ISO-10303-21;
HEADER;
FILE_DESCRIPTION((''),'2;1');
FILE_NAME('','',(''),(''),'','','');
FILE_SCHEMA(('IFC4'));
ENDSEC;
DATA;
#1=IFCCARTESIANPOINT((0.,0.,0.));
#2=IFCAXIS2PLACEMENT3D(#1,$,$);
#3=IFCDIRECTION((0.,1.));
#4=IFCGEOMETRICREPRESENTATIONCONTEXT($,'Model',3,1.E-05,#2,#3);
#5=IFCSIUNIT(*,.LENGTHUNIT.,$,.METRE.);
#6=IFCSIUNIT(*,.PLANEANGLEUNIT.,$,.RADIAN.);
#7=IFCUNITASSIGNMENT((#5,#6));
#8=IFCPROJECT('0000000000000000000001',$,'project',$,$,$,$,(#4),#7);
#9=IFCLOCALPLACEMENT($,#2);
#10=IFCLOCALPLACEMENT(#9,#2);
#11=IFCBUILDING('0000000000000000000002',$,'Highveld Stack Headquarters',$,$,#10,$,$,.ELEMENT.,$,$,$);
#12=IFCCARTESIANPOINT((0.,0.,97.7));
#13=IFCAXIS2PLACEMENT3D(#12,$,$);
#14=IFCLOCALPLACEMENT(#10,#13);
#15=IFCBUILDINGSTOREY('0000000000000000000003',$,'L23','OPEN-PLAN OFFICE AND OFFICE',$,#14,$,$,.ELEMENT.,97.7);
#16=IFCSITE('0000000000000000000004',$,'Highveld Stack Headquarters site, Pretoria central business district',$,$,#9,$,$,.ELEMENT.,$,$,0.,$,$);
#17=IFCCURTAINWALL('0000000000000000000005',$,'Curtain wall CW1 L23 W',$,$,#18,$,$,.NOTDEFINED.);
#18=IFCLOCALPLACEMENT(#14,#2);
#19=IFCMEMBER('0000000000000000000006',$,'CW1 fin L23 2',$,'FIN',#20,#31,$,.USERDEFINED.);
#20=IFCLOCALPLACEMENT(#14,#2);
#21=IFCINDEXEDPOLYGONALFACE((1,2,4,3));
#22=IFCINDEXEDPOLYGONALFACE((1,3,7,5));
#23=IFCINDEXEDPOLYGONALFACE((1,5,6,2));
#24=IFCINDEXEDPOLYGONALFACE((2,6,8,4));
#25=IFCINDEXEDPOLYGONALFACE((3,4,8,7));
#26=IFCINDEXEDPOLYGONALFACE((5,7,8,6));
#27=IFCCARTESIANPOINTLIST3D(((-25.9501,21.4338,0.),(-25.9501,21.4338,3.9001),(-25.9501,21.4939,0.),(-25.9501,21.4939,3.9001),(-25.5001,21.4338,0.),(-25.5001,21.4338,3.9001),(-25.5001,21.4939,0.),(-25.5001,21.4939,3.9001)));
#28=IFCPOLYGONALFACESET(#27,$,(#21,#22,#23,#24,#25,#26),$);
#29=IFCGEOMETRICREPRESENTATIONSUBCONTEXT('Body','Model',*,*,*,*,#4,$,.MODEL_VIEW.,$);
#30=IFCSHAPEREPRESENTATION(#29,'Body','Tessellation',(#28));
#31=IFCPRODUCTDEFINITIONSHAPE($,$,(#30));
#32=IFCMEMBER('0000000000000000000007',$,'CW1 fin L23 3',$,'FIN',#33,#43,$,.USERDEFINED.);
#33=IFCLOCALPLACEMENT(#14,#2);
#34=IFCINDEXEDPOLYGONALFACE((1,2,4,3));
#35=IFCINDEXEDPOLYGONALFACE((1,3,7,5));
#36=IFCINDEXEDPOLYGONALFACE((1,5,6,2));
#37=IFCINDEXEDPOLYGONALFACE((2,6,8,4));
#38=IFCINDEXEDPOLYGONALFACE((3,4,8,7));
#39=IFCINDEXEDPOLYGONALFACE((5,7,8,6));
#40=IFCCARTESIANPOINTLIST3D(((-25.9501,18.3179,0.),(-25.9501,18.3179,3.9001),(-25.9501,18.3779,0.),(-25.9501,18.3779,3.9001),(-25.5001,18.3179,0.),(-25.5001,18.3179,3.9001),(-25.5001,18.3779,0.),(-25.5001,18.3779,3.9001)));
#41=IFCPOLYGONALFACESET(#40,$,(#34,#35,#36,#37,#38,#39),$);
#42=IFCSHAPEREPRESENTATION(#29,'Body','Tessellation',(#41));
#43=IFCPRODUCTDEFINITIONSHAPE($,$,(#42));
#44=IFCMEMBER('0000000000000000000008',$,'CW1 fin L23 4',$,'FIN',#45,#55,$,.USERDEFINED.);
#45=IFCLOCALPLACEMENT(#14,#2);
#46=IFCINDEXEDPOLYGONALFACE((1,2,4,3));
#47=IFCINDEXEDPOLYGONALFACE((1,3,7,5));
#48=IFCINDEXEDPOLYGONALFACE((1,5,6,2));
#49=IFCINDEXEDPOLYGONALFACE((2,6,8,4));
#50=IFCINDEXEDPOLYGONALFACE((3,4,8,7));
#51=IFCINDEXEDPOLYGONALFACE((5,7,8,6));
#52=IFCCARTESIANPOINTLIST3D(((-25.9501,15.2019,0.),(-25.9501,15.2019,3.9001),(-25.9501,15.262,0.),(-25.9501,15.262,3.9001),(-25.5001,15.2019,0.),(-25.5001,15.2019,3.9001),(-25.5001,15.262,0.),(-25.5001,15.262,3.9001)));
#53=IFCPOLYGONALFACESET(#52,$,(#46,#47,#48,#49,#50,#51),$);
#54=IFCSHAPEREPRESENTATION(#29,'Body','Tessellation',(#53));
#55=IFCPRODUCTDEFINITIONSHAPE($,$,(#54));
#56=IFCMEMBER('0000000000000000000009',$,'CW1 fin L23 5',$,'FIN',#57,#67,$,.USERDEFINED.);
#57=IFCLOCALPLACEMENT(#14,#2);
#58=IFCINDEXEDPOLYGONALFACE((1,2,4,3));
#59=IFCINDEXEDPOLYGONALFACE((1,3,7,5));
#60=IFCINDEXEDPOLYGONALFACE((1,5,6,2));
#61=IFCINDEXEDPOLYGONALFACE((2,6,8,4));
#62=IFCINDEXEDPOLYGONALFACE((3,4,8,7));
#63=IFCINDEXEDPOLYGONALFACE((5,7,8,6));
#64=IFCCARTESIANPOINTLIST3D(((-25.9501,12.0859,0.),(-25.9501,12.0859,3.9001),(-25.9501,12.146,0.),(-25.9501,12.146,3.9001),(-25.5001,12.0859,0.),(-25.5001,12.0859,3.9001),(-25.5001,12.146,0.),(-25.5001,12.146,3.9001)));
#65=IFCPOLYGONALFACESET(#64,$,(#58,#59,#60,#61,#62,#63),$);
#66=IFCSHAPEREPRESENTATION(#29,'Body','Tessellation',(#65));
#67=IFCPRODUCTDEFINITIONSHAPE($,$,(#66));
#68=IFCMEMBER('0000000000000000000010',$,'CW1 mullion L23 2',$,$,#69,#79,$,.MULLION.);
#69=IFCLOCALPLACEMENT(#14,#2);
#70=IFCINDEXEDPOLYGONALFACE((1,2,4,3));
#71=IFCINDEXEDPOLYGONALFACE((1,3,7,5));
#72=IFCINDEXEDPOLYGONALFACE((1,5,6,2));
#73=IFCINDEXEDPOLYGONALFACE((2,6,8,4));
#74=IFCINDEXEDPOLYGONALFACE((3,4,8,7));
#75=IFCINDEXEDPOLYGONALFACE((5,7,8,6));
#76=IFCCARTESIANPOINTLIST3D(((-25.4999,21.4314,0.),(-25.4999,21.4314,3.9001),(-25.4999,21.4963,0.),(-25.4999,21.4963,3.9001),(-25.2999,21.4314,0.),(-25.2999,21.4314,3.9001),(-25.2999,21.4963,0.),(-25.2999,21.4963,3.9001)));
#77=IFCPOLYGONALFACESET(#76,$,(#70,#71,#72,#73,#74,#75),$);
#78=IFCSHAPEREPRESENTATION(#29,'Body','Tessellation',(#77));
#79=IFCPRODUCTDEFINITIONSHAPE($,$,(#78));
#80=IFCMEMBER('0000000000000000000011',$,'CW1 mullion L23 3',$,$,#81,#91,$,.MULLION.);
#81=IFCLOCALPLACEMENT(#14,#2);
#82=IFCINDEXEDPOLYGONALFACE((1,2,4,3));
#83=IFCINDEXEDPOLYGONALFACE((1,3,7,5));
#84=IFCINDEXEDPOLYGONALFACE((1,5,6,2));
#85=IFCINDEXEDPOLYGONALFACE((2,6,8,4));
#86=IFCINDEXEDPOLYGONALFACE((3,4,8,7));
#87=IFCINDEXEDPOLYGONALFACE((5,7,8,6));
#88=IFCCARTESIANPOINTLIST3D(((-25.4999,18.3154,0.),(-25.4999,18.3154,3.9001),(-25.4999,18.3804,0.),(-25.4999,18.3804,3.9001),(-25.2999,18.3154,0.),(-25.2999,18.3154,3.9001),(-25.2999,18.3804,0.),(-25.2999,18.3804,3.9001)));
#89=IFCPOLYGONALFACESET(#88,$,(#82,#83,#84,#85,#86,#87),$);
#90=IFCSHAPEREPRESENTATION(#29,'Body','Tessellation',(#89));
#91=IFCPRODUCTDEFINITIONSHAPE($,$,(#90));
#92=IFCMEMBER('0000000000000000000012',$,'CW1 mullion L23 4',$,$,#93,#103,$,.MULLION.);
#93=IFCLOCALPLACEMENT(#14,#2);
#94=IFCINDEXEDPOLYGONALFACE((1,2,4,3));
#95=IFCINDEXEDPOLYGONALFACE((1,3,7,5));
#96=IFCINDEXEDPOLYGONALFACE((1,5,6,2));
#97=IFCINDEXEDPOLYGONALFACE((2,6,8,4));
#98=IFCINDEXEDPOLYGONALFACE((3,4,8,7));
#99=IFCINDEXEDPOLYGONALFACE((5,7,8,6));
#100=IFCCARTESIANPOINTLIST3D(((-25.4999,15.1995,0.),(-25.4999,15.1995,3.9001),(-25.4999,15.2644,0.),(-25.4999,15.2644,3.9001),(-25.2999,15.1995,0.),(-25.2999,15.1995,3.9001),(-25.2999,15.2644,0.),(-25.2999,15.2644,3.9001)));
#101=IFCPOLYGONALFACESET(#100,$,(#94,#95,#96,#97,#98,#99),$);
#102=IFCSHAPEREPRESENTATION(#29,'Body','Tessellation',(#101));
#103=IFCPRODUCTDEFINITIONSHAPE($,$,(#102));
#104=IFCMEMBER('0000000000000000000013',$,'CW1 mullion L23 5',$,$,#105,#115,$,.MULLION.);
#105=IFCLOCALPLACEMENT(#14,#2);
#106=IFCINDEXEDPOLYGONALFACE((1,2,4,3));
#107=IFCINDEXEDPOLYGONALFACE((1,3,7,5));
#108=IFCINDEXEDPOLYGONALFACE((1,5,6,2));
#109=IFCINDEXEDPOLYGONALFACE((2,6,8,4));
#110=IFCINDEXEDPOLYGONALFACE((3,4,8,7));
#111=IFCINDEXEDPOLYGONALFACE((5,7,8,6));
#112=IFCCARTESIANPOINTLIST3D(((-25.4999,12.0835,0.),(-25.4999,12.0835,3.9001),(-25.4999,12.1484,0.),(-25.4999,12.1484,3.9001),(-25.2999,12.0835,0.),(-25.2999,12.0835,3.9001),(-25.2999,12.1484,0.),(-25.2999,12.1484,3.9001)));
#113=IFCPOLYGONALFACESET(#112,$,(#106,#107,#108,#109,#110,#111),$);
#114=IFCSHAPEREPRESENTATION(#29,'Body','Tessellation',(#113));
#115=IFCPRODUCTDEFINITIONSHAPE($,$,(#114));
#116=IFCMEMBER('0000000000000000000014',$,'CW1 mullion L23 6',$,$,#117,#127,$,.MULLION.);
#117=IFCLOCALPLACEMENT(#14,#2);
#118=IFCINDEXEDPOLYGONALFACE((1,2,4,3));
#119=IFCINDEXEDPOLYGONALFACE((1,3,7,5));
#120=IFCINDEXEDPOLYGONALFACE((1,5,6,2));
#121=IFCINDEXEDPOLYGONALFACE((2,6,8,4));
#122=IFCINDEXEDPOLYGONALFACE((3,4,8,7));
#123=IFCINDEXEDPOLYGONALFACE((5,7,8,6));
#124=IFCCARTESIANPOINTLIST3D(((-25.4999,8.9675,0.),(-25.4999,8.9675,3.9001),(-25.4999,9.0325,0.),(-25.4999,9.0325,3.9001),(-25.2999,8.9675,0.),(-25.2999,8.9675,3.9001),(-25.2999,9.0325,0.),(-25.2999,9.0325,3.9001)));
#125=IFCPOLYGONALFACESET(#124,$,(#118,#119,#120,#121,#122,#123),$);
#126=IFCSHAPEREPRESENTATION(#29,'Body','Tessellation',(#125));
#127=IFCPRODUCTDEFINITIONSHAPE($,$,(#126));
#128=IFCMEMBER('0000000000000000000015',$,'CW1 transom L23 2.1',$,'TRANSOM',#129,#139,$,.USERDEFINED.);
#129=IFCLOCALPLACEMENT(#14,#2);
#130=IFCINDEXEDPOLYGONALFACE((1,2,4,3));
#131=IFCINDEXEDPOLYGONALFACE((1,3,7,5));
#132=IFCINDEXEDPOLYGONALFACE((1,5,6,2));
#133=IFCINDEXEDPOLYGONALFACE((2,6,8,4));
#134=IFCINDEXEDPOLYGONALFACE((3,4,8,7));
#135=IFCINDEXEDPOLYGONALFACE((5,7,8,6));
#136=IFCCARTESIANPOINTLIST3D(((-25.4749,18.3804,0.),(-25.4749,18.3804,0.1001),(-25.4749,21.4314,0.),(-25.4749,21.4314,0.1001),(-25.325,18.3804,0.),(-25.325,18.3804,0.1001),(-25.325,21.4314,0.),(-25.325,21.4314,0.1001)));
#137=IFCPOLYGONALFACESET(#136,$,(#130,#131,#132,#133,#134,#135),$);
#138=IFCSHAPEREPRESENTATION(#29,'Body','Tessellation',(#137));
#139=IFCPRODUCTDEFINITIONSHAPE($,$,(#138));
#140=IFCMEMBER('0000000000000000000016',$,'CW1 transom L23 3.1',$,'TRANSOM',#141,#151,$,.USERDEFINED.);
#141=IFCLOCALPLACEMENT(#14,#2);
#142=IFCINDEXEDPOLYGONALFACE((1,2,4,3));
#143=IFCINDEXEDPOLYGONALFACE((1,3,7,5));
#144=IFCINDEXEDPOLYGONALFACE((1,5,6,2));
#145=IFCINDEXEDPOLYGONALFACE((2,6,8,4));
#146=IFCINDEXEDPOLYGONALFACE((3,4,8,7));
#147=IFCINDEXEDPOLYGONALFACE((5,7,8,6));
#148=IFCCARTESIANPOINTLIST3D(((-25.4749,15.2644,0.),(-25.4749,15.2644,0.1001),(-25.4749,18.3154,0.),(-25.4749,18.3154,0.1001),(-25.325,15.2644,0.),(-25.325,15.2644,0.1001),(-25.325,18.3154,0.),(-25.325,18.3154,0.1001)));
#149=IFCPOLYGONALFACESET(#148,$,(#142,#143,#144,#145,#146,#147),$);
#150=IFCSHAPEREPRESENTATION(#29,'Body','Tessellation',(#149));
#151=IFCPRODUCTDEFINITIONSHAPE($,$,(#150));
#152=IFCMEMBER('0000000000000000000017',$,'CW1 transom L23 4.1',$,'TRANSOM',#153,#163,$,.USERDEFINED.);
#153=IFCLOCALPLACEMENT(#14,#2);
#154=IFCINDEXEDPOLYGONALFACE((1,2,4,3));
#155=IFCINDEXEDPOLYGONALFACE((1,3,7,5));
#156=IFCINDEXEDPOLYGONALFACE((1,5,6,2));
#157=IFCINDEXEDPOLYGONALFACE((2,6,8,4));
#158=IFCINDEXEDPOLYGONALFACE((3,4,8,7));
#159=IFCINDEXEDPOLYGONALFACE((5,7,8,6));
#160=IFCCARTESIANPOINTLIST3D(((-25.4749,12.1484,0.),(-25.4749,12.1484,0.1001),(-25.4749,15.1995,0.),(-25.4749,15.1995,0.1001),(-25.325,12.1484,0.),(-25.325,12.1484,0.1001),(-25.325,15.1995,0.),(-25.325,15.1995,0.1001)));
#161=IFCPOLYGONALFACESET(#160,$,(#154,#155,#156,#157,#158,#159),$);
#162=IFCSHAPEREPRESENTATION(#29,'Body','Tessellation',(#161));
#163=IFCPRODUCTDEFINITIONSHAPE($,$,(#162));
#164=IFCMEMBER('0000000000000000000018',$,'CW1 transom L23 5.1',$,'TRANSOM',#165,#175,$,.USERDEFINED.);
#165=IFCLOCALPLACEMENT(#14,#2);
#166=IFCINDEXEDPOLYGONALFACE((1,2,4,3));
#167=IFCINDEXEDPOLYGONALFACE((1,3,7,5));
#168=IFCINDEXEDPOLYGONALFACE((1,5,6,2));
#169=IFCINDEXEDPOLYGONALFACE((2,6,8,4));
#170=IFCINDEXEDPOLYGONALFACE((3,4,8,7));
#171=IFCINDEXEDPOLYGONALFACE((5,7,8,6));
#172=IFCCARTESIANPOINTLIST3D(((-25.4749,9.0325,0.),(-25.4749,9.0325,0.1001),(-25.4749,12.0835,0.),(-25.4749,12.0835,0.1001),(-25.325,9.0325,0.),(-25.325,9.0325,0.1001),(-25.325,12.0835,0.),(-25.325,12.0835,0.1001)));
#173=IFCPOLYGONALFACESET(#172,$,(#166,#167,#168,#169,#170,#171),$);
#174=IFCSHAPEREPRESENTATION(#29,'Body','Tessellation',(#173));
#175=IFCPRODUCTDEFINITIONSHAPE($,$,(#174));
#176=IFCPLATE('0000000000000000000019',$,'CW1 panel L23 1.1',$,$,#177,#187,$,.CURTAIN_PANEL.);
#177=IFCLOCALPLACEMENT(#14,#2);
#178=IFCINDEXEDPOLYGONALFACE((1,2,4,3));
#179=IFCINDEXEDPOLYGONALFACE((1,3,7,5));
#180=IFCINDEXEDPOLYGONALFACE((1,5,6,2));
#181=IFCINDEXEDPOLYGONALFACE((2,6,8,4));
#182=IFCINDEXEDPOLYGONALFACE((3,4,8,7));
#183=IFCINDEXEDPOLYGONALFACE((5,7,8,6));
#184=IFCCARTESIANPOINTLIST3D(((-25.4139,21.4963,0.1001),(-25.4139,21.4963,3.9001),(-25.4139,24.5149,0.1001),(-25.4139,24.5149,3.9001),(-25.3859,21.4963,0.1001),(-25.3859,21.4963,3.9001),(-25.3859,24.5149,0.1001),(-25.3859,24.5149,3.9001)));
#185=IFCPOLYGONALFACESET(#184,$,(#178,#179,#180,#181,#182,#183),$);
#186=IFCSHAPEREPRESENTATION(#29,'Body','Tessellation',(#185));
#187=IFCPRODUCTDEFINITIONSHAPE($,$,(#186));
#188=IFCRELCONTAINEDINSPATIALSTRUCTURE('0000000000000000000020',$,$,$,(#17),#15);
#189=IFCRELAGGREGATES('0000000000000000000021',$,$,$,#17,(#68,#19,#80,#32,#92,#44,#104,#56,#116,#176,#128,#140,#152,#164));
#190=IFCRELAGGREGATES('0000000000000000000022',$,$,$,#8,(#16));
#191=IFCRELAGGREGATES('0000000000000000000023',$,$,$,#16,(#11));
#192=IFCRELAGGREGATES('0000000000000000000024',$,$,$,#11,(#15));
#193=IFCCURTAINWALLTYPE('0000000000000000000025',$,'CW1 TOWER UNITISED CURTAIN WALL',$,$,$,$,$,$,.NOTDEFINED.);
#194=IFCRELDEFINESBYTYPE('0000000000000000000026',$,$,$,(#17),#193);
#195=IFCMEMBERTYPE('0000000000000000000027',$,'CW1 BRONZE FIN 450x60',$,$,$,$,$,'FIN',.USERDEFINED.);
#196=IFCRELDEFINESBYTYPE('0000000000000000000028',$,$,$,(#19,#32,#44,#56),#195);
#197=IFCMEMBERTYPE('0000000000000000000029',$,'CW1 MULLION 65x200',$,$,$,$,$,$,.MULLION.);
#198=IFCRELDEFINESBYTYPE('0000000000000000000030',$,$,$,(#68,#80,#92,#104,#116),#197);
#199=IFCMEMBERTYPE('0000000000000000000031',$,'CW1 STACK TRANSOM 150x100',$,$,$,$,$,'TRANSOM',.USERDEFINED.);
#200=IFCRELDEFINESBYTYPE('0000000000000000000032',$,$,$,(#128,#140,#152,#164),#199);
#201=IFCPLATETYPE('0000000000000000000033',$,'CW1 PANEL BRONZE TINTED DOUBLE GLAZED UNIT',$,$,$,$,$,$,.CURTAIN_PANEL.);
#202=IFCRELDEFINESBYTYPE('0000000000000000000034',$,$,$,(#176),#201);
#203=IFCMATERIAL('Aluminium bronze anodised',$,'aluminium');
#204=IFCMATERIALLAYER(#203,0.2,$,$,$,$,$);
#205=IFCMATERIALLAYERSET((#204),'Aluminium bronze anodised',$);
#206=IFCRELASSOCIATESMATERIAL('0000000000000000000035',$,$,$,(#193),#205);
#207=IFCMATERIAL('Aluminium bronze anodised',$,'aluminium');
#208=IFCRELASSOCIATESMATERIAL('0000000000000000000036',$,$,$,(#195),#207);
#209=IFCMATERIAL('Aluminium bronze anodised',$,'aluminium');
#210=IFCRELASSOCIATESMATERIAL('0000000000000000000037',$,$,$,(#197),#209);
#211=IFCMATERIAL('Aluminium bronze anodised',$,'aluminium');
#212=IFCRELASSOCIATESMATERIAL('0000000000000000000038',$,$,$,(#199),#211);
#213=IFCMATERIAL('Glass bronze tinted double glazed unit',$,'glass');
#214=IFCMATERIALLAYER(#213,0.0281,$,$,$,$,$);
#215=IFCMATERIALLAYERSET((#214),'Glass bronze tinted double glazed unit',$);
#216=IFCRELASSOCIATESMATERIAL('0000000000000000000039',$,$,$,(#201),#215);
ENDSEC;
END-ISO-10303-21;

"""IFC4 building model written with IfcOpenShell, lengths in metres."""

from ifc_helpers import new_model, si_unit, direction, frame, origin, origin_2d, place, context, subcontext, project, spatial, rectangle, extrude, material, layer, layer_set, material_profile, profile_set, type_object, element, aggregate, save


model = new_model("IFC4")

# Units and contexts
model_context = context("Model", 3, precision=1e-05, world=origin(), true_north=direction((0.0, 1.0)))
body_context = subcontext(model_context, "Body", "Model", "MODEL_VIEW")
ifc_project = project(units=[si_unit("LENGTHUNIT", "METRE"), si_unit("PLANEANGLEUNIT", "RADIAN")], contexts=[model_context])

# Site, building, storey
site_placement = place(None, origin())
site = spatial("IfcSite", under=ifc_project, at=site_placement, Name="Highveld Stack Headquarters site, Pretoria central business district", CompositionType="ELEMENT", RefElevation=0.0)
building_placement = place(site_placement, origin())
building = spatial("IfcBuilding", under=site, at=building_placement, Name="Highveld Stack Headquarters", CompositionType="ELEMENT")
storey_placement = place(building_placement, frame((0.0, 0.0, 97.7)))
storey = spatial("IfcBuildingStorey", under=building, at=storey_placement, Name="L23", Description="OPEN-PLAN OFFICE AND OFFICE", CompositionType="ELEMENT", Elevation=97.7)

# Curtain wall, members, plate
ifc_material_1 = material(Name="Aluminium bronze anodised", Category="aluminium")
ifc_layer_1 = layer(ifc_material_1, 0.2)
ifc_layer_set_1 = layer_set([ifc_layer_1], Name="Aluminium bronze anodised")
curtain_wall_type = type_object("IfcCurtainWallType", Name="CW1 TOWER UNITISED CURTAIN WALL", PredefinedType="NOTDEFINED", material=ifc_layer_set_1)
curtain_wall_placement = place(storey_placement, origin())
curtain_wall = element("IfcCurtainWall", 1, at=curtain_wall_placement, inside=storey, type_object=curtain_wall_type, Name="Curtain wall CW1 L23 W", PredefinedType="NOTDEFINED")
ifc_material_2 = material(Name="Aluminium bronze anodised", Category="aluminium")
ifc_material_profile_1 = material_profile(ifc_material_2, rectangle(XDim=0.45, YDim=0.0601, at=origin_2d()), Name="FIN 450x60")
ifc_profile_set_1 = profile_set([ifc_material_profile_1], Name="Aluminium bronze anodised")
member_type_1 = type_object("IfcMemberType", Name="CW1 BRONZE FIN 450x60", ElementType="FIN", PredefinedType="USERDEFINED", material=ifc_profile_set_1)
member_1_placement = place(storey_placement, frame((-25.7251, 21.4639, 0.0), z_axis=(0.0, 0.0, 1.0), x_axis=(1.0, 0.0, 0.0)))
member_1 = element("IfcMember", 2, at=member_1_placement, type_object=member_type_1, Name="CW1 fin L23 2", ObjectType="FIN", PredefinedType="USERDEFINED", context=body_context, shape_type="SweptSolid", body=[
    extrude(rectangle(XDim=0.45, YDim=0.0601, at=origin_2d()), origin(), (0.0, 0.0, 1.0), 3.9001),
])
member_2_placement = place(storey_placement, frame((-25.7251, 18.3479, 0.0), z_axis=(0.0, 0.0, 1.0), x_axis=(1.0, 0.0, 0.0)))
member_2 = element("IfcMember", 3, at=member_2_placement, type_object=member_type_1, Name="CW1 fin L23 3", ObjectType="FIN", PredefinedType="USERDEFINED", context=body_context, shape_type="SweptSolid", body=[
    extrude(rectangle(XDim=0.45, YDim=0.0601, at=origin_2d()), origin(), (0.0, 0.0, 1.0), 3.9001),
])
member_3_placement = place(storey_placement, frame((-25.7251, 15.2319, 0.0), z_axis=(0.0, 0.0, 1.0), x_axis=(1.0, 0.0, 0.0)))
member_3 = element("IfcMember", 4, at=member_3_placement, type_object=member_type_1, Name="CW1 fin L23 4", ObjectType="FIN", PredefinedType="USERDEFINED", context=body_context, shape_type="SweptSolid", body=[
    extrude(rectangle(XDim=0.45, YDim=0.0601, at=origin_2d()), origin(), (0.0, 0.0, 1.0), 3.9001),
])
member_4_placement = place(storey_placement, frame((-25.7251, 12.116, 0.0), z_axis=(0.0, 0.0, 1.0), x_axis=(1.0, 0.0, 0.0)))
member_4 = element("IfcMember", 5, at=member_4_placement, type_object=member_type_1, Name="CW1 fin L23 5", ObjectType="FIN", PredefinedType="USERDEFINED", context=body_context, shape_type="SweptSolid", body=[
    extrude(rectangle(XDim=0.45, YDim=0.0601, at=origin_2d()), origin(), (0.0, 0.0, 1.0), 3.9001),
])
ifc_material_3 = material(Name="Aluminium bronze anodised", Category="aluminium")
ifc_material_profile_2 = material_profile(ifc_material_3, rectangle(XDim=0.2, YDim=0.0649, at=origin_2d()), Name="CW1 MULLION 65x200")
ifc_profile_set_2 = profile_set([ifc_material_profile_2], Name="Aluminium bronze anodised")
member_type_2 = type_object("IfcMemberType", Name="CW1 MULLION 65x200", PredefinedType="MULLION", material=ifc_profile_set_2)
member_5_placement = place(storey_placement, frame((-25.3999, 21.4639, 0.0), z_axis=(0.0, 0.0, 1.0), x_axis=(1.0, 0.0, 0.0)))
member_5 = element("IfcMember", 6, at=member_5_placement, type_object=member_type_2, Name="CW1 mullion L23 2", PredefinedType="MULLION", context=body_context, shape_type="SweptSolid", body=[
    extrude(rectangle(XDim=0.2, YDim=0.0649, at=origin_2d()), origin(), (0.0, 0.0, 1.0), 3.9001),
])
member_6_placement = place(storey_placement, frame((-25.3999, 18.3479, 0.0), z_axis=(0.0, 0.0, 1.0), x_axis=(1.0, 0.0, 0.0)))
member_6 = element("IfcMember", 7, at=member_6_placement, type_object=member_type_2, Name="CW1 mullion L23 3", PredefinedType="MULLION", context=body_context, shape_type="SweptSolid", body=[
    extrude(rectangle(XDim=0.2, YDim=0.0649, at=origin_2d()), origin(), (0.0, 0.0, 1.0), 3.9001),
])
member_7_placement = place(storey_placement, frame((-25.3999, 15.2319, 0.0), z_axis=(0.0, 0.0, 1.0), x_axis=(1.0, 0.0, 0.0)))
member_7 = element("IfcMember", 8, at=member_7_placement, type_object=member_type_2, Name="CW1 mullion L23 4", PredefinedType="MULLION", context=body_context, shape_type="SweptSolid", body=[
    extrude(rectangle(XDim=0.2, YDim=0.0649, at=origin_2d()), origin(), (0.0, 0.0, 1.0), 3.9001),
])
member_8_placement = place(storey_placement, frame((-25.3999, 12.116, 0.0), z_axis=(0.0, 0.0, 1.0), x_axis=(1.0, 0.0, 0.0)))
member_8 = element("IfcMember", 9, at=member_8_placement, type_object=member_type_2, Name="CW1 mullion L23 5", PredefinedType="MULLION", context=body_context, shape_type="SweptSolid", body=[
    extrude(rectangle(XDim=0.2, YDim=0.0649, at=origin_2d()), origin(), (0.0, 0.0, 1.0), 3.9001),
])
member_9_placement = place(storey_placement, frame((-25.3999, 9.0, 0.0), z_axis=(0.0, 0.0, 1.0), x_axis=(1.0, 0.0, 0.0)))
member_9 = element("IfcMember", 10, at=member_9_placement, type_object=member_type_2, Name="CW1 mullion L23 6", PredefinedType="MULLION", context=body_context, shape_type="SweptSolid", body=[
    extrude(rectangle(XDim=0.2, YDim=0.0649, at=origin_2d()), origin(), (0.0, 0.0, 1.0), 3.9001),
])
ifc_material_4 = material(Name="Aluminium bronze anodised", Category="aluminium")
ifc_material_profile_3 = material_profile(ifc_material_4, rectangle(XDim=0.1499, YDim=0.1001, at=origin_2d()), Name="CW1 TRANSOM 150x100")
ifc_profile_set_3 = profile_set([ifc_material_profile_3], Name="Aluminium bronze anodised")
member_type_3 = type_object("IfcMemberType", Name="CW1 STACK TRANSOM 150x100", ElementType="TRANSOM", PredefinedType="USERDEFINED", material=ifc_profile_set_3)
member_10_placement = place(storey_placement, frame((-25.3999, 21.4314, 0.05), z_axis=(0.0, -1.0, 0.0), x_axis=(1.0, 0.0, 0.0)))
member_10 = element("IfcMember", 11, at=member_10_placement, type_object=member_type_3, Name="CW1 transom L23 2.1", ObjectType="TRANSOM", PredefinedType="USERDEFINED", context=body_context, shape_type="SweptSolid", body=[
    extrude(rectangle(XDim=0.1499, YDim=0.1001, at=origin_2d()), origin(), (0.0, 0.0, 1.0), 3.051),
])
member_11_placement = place(storey_placement, frame((-25.3999, 18.3154, 0.05), z_axis=(0.0, -1.0, 0.0), x_axis=(1.0, 0.0, 0.0)))
member_11 = element("IfcMember", 12, at=member_11_placement, type_object=member_type_3, Name="CW1 transom L23 3.1", ObjectType="TRANSOM", PredefinedType="USERDEFINED", context=body_context, shape_type="SweptSolid", body=[
    extrude(rectangle(XDim=0.1499, YDim=0.1001, at=origin_2d()), origin(), (0.0, 0.0, 1.0), 3.051),
])
member_12_placement = place(storey_placement, frame((-25.3999, 15.1995, 0.05), z_axis=(0.0, -1.0, 0.0), x_axis=(1.0, 0.0, 0.0)))
member_12 = element("IfcMember", 13, at=member_12_placement, type_object=member_type_3, Name="CW1 transom L23 4.1", ObjectType="TRANSOM", PredefinedType="USERDEFINED", context=body_context, shape_type="SweptSolid", body=[
    extrude(rectangle(XDim=0.1499, YDim=0.1001, at=origin_2d()), origin(), (0.0, 0.0, 1.0), 3.051),
])
member_13_placement = place(storey_placement, frame((-25.3999, 12.0835, 0.05), z_axis=(0.0, -1.0, 0.0), x_axis=(1.0, 0.0, 0.0)))
member_13 = element("IfcMember", 14, at=member_13_placement, type_object=member_type_3, Name="CW1 transom L23 5.1", ObjectType="TRANSOM", PredefinedType="USERDEFINED", context=body_context, shape_type="SweptSolid", body=[
    extrude(rectangle(XDim=0.1499, YDim=0.1001, at=origin_2d()), origin(), (0.0, 0.0, 1.0), 3.051),
])
ifc_material_5 = material(Name="Glass bronze tinted double glazed unit", Category="glass")
ifc_layer_2 = layer(ifc_material_5, 0.0281)
ifc_layer_set_2 = layer_set([ifc_layer_2], Name="Glass bronze tinted double glazed unit")
plate_type = type_object("IfcPlateType", Name="CW1 PANEL BRONZE TINTED DOUBLE GLAZED UNIT", PredefinedType="CURTAIN_PANEL", material=ifc_layer_set_2)
plate_1_placement = place(storey_placement, frame((-25.3999, 23.0056, 0.1001), z_axis=(0.0, 0.0, 1.0), x_axis=(0.0, -1.0, 0.0)))
plate_1 = element("IfcPlate", 15, at=plate_1_placement, type_object=plate_type, Name="CW1 panel L23 1.1", PredefinedType="CURTAIN_PANEL", context=body_context, shape_type="SweptSolid", body=[
    extrude(rectangle(XDim=3.0186, YDim=0.0281, at=origin_2d()), origin(), (0.0, 0.0, 1.0), 3.8),
])
aggregate(curtain_wall, [member_5, member_1, member_6, member_2, member_7, member_3, member_8, member_4, member_9, plate_1, member_10, member_11, member_12, member_13])

save(model, "model.ifc")
